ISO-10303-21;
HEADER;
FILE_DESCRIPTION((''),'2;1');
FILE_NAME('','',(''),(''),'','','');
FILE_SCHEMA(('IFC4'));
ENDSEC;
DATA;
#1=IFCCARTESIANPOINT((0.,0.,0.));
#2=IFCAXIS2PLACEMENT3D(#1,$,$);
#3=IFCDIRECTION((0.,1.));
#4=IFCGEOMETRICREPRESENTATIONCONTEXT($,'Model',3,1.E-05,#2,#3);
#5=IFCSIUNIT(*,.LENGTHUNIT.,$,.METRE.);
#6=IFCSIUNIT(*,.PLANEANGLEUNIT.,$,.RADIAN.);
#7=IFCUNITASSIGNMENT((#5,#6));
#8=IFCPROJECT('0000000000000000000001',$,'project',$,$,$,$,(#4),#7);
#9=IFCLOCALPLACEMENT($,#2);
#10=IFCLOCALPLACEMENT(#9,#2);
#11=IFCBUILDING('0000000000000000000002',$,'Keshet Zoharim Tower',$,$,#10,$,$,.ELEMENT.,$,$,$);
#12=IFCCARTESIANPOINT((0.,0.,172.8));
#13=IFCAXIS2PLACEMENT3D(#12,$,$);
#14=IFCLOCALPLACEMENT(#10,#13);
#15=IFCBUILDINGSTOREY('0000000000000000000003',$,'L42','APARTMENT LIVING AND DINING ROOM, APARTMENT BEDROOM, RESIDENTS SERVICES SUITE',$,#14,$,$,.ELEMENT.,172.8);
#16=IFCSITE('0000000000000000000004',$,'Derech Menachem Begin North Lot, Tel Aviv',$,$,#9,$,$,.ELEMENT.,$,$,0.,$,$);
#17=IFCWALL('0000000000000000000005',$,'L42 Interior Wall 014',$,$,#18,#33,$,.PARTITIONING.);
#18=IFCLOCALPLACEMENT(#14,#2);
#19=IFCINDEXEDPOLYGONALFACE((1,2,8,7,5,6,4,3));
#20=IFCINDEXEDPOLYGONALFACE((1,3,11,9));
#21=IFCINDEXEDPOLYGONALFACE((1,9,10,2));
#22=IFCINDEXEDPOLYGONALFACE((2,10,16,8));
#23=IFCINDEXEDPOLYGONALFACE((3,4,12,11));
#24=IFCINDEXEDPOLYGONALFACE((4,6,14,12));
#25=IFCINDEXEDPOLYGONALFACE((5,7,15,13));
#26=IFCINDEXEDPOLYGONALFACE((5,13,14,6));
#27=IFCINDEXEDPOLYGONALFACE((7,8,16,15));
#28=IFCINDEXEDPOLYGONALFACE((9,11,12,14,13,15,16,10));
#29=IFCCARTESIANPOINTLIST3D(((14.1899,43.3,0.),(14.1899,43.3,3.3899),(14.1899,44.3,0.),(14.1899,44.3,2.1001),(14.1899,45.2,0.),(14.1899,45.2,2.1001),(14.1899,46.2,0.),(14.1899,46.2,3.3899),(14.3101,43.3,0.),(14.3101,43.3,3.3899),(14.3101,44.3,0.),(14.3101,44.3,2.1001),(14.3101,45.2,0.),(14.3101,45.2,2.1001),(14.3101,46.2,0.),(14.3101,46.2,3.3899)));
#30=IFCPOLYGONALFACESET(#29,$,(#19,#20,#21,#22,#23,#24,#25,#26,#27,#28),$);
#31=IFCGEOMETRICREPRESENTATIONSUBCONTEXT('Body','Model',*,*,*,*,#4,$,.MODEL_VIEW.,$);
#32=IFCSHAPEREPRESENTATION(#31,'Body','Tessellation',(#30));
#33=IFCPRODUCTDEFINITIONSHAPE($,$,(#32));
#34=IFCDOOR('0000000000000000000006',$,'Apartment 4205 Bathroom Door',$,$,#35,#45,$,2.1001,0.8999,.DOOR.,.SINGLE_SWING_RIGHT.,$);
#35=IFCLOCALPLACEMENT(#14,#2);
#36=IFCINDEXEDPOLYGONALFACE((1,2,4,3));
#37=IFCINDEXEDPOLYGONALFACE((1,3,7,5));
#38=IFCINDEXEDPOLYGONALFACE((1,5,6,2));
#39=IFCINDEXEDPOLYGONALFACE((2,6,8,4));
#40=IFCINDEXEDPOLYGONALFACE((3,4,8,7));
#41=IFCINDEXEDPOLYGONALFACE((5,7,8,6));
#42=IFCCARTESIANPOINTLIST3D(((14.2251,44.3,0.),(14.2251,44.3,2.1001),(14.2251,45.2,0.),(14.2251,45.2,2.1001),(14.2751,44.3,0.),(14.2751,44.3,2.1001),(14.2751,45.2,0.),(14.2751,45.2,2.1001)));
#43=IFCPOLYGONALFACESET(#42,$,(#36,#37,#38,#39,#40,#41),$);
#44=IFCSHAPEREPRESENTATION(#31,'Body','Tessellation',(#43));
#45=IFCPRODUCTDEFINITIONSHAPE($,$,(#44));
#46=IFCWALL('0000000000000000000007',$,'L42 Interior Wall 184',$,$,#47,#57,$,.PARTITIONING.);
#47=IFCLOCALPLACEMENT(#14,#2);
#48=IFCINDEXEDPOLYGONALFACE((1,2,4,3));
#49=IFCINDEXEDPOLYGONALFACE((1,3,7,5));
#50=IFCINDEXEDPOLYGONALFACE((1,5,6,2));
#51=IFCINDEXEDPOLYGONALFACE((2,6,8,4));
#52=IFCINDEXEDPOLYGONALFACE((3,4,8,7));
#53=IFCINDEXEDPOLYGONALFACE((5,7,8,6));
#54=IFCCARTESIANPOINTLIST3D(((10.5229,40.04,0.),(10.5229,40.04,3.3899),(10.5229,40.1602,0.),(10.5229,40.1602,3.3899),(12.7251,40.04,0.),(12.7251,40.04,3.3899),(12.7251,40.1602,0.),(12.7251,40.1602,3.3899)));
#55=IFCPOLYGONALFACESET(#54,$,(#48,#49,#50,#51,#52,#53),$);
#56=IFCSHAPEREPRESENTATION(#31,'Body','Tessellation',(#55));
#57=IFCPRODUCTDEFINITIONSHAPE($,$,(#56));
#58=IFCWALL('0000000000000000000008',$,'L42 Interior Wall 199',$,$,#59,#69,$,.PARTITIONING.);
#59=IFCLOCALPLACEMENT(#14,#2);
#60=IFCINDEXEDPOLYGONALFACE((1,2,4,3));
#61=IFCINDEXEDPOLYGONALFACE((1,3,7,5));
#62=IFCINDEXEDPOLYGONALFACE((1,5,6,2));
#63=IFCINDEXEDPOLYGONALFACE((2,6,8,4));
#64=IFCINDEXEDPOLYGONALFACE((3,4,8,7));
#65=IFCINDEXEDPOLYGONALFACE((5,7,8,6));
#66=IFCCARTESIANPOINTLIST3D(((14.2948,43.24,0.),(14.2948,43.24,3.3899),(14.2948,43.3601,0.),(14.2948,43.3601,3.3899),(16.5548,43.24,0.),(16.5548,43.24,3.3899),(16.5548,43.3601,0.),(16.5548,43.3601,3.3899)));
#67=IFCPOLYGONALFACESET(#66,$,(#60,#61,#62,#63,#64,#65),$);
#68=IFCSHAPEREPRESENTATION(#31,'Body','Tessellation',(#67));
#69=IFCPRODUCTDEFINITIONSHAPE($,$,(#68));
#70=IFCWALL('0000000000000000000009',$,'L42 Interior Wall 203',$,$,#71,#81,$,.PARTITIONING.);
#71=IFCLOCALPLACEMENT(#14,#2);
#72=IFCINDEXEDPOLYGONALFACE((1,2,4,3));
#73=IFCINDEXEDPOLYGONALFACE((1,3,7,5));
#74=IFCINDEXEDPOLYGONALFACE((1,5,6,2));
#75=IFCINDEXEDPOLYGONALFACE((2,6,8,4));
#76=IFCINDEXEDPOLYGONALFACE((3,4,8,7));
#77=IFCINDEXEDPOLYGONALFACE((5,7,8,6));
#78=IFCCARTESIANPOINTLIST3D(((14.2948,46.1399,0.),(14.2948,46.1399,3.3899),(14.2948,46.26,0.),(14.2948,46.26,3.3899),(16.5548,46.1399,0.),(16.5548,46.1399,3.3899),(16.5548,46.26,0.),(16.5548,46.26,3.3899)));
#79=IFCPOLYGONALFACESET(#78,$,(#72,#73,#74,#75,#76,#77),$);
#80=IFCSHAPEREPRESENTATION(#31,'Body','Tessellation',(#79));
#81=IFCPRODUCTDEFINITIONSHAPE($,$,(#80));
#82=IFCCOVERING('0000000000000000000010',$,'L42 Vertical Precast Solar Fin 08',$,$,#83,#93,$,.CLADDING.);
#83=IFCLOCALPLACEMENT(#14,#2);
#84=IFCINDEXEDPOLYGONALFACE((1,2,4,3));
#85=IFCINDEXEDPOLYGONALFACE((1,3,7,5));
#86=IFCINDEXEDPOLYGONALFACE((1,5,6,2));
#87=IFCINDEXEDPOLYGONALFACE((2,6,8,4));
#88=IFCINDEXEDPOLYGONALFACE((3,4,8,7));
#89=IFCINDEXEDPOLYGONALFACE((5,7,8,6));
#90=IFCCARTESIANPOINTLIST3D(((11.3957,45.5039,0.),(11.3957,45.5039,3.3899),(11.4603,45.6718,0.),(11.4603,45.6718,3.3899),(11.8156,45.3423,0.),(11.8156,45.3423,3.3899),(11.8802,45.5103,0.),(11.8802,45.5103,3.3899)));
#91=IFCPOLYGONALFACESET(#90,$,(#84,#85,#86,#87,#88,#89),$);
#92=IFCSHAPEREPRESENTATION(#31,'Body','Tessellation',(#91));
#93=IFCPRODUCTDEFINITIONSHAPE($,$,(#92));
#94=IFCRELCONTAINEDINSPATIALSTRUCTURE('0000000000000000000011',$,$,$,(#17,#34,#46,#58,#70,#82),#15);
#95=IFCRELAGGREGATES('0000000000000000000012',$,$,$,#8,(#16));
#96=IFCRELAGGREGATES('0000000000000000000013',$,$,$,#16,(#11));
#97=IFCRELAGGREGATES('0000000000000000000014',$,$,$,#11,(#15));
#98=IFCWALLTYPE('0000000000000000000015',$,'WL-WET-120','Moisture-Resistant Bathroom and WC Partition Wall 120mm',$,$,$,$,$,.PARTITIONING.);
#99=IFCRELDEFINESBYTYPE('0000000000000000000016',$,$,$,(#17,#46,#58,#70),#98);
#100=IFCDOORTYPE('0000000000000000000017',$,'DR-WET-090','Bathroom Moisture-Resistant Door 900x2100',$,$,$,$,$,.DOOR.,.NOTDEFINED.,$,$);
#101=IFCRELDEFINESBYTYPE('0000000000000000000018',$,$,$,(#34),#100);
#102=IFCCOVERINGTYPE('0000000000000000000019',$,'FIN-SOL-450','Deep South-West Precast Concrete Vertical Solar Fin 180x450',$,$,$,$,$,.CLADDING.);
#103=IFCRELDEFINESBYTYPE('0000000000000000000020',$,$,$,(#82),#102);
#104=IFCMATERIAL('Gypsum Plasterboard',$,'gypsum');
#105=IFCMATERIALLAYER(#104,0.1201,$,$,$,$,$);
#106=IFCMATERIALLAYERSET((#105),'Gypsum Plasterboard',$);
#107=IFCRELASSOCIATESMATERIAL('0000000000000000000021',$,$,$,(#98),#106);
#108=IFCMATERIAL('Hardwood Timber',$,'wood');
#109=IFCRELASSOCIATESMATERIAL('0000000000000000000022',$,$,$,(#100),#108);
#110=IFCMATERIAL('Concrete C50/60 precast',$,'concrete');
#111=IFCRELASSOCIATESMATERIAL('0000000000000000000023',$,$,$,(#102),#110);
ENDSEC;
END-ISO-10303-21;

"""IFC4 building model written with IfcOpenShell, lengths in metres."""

from ifc_helpers import new_model, si_unit, direction, frame, frame_2d, origin, origin_2d, place, context, subcontext, project, spatial, rectangle, extrude, material, layer, layer_set, type_object, element, fill, save


model = new_model("IFC4")

# Units and contexts
model_context = context("Model", 3, precision=1e-05, world=origin(), true_north=direction((0.0, 1.0)))
body_context = subcontext(model_context, "Body", "Model", "MODEL_VIEW")
ifc_project = project(units=[si_unit("LENGTHUNIT", "METRE"), si_unit("PLANEANGLEUNIT", "RADIAN")], contexts=[model_context])

# Site, building, storey
site_placement = place(None, origin())
site = spatial("IfcSite", under=ifc_project, at=site_placement, Name="Derech Menachem Begin North Lot, Tel Aviv", CompositionType="ELEMENT", RefElevation=0.0)
building_placement = place(site_placement, origin())
building = spatial("IfcBuilding", under=site, at=building_placement, Name="Keshet Zoharim Tower", CompositionType="ELEMENT")
storey_placement = place(building_placement, frame((0.0, 0.0, 172.8)))
storey = spatial("IfcBuildingStorey", under=building, at=storey_placement, Name="L42", Description="APARTMENT LIVING AND DINING ROOM, APARTMENT BEDROOM, RESIDENTS SERVICES SUITE", CompositionType="ELEMENT", Elevation=172.8)

# Shared definitions
ifc_material_1 = material(Name="Gypsum Plasterboard", Category="gypsum")

# Shared definitions
ifc_material_2 = material(Name="Hardwood Timber", Category="wood")

# Wall, opening, door
ifc_layer_1 = layer(ifc_material_1, 0.1201)
ifc_layer_set_1 = layer_set([ifc_layer_1], Name="Gypsum Plasterboard")
wall_type_1 = type_object("IfcWallType", Name="WL-WET-120", Description="Moisture-Resistant Bathroom and WC Partition Wall 120mm", PredefinedType="PARTITIONING", material=ifc_layer_set_1)
wall_1_placement = place(storey_placement, frame((14.25, 43.3, 0.0), z_axis=(0.0, 0.0, 1.0), x_axis=(0.0, 1.0, 0.0)))
wall_1 = element("IfcWall", 1, at=wall_1_placement, inside=storey, type_object=wall_type_1, Name="L42 Interior Wall 014", PredefinedType="PARTITIONING", context=body_context, shape_type="SweptSolid", body=[
    extrude(rectangle(XDim=2.8999, YDim=0.1201, at=frame_2d((1.45, 0.0))), origin(), (0.0, 0.0, 1.0), 3.3899),
])
opening_1_placement = place(wall_1_placement, frame((1.0, 0.0, 0.0)))
opening_1 = element("IfcOpeningElement", 2, at=opening_1_placement, cuts=wall_1, PredefinedType="OPENING", context=body_context, shape_type="SweptSolid", body=[
    extrude(rectangle(XDim=0.8999, YDim=2.1001, at=frame_2d((0.45, 1.05))), frame((0.0, 0.0701, 0.0), z_axis=(0.0, -1.0, 0.0), x_axis=(1.0, 0.0, 0.0)), (0.0, 0.0, 1.0), 0.1401),
])
door_type_1 = type_object("IfcDoorType", Name="DR-WET-090", Description="Bathroom Moisture-Resistant Door 900x2100", OperationType="NOTDEFINED", PredefinedType="DOOR", material=ifc_material_2)
door_1_placement = place(opening_1_placement, origin())
door_1 = element("IfcDoor", 3, at=door_1_placement, inside=storey, type_object=door_type_1, Name="Apartment 4205 Bathroom Door", OperationType="SINGLE_SWING_RIGHT", OverallHeight=2.1001, OverallWidth=0.8999, PredefinedType="DOOR", context=body_context, shape_type="SweptSolid", body=[
    extrude(rectangle(XDim=0.8999, YDim=2.1001, at=frame_2d((0.45, 1.05))), frame((0.0, 0.0249, 0.0), z_axis=(0.0, -1.0, 0.0), x_axis=(1.0, 0.0, 0.0)), (0.0, 0.0, 1.0), 0.05),
])
fill(opening_1, door_1)

# Walls
wall_2_placement = place(storey_placement, frame((10.5229, 40.1001, 0.0), z_axis=(0.0, 0.0, 1.0), x_axis=(1.0, 0.0, 0.0)))
element("IfcWall", 4, at=wall_2_placement, inside=storey, type_object=wall_type_1, Name="L42 Interior Wall 184", PredefinedType="PARTITIONING", context=body_context, shape_type="SweptSolid", body=[
    extrude(rectangle(XDim=2.2021, YDim=0.1201, at=frame_2d((1.1011, 0.0))), origin(), (0.0, 0.0, 1.0), 3.3899),
])
for number, where, z_axis, x_axis, name in (
    (5, (14.2949, 43.3, 0.0), (0.0, 0.0, 1.0), (1.0, 0.0, 0.0), "L42 Interior Wall 199"),
    (6, (14.2949, 46.2, 0.0), (0.0, 0.0, 1.0), (1.0, 0.0, 0.0), "L42 Interior Wall 203"),
):
    element("IfcWall", number, at=place(storey_placement, frame(where, z_axis=z_axis, x_axis=x_axis)), inside=storey, type_object=wall_type_1, Name=name, PredefinedType="PARTITIONING", context=body_context, shape_type="SweptSolid", body=[
        extrude(rectangle(XDim=2.26, YDim=0.1201, at=frame_2d((1.1299, 0.0))), origin(), (0.0, 0.0, 1.0), 3.3899),
    ])

# Covering
ifc_material_3 = material(Name="Concrete C50/60 precast", Category="concrete")
covering_type = type_object("IfcCoveringType", Name="FIN-SOL-450", Description="Deep South-West Precast Concrete Vertical Solar Fin 180x450", PredefinedType="CLADDING", material=ifc_material_3)
covering_placement = place(storey_placement, frame((11.6379, 45.5071, 0.0), z_axis=(0.0, 0.0, 1.0), x_axis=(0.35899, 0.933341, 0.0)))
element("IfcCovering", 7, at=covering_placement, inside=storey, type_object=covering_type, Name="L42 Vertical Precast Solar Fin 08", PredefinedType="CLADDING", context=body_context, shape_type="SweptSolid", body=[
    extrude(rectangle(XDim=0.1799, YDim=0.45, at=origin_2d()), origin(), (0.0, 0.0, 1.0), 3.3899),
])

save(model, "model.ifc")
